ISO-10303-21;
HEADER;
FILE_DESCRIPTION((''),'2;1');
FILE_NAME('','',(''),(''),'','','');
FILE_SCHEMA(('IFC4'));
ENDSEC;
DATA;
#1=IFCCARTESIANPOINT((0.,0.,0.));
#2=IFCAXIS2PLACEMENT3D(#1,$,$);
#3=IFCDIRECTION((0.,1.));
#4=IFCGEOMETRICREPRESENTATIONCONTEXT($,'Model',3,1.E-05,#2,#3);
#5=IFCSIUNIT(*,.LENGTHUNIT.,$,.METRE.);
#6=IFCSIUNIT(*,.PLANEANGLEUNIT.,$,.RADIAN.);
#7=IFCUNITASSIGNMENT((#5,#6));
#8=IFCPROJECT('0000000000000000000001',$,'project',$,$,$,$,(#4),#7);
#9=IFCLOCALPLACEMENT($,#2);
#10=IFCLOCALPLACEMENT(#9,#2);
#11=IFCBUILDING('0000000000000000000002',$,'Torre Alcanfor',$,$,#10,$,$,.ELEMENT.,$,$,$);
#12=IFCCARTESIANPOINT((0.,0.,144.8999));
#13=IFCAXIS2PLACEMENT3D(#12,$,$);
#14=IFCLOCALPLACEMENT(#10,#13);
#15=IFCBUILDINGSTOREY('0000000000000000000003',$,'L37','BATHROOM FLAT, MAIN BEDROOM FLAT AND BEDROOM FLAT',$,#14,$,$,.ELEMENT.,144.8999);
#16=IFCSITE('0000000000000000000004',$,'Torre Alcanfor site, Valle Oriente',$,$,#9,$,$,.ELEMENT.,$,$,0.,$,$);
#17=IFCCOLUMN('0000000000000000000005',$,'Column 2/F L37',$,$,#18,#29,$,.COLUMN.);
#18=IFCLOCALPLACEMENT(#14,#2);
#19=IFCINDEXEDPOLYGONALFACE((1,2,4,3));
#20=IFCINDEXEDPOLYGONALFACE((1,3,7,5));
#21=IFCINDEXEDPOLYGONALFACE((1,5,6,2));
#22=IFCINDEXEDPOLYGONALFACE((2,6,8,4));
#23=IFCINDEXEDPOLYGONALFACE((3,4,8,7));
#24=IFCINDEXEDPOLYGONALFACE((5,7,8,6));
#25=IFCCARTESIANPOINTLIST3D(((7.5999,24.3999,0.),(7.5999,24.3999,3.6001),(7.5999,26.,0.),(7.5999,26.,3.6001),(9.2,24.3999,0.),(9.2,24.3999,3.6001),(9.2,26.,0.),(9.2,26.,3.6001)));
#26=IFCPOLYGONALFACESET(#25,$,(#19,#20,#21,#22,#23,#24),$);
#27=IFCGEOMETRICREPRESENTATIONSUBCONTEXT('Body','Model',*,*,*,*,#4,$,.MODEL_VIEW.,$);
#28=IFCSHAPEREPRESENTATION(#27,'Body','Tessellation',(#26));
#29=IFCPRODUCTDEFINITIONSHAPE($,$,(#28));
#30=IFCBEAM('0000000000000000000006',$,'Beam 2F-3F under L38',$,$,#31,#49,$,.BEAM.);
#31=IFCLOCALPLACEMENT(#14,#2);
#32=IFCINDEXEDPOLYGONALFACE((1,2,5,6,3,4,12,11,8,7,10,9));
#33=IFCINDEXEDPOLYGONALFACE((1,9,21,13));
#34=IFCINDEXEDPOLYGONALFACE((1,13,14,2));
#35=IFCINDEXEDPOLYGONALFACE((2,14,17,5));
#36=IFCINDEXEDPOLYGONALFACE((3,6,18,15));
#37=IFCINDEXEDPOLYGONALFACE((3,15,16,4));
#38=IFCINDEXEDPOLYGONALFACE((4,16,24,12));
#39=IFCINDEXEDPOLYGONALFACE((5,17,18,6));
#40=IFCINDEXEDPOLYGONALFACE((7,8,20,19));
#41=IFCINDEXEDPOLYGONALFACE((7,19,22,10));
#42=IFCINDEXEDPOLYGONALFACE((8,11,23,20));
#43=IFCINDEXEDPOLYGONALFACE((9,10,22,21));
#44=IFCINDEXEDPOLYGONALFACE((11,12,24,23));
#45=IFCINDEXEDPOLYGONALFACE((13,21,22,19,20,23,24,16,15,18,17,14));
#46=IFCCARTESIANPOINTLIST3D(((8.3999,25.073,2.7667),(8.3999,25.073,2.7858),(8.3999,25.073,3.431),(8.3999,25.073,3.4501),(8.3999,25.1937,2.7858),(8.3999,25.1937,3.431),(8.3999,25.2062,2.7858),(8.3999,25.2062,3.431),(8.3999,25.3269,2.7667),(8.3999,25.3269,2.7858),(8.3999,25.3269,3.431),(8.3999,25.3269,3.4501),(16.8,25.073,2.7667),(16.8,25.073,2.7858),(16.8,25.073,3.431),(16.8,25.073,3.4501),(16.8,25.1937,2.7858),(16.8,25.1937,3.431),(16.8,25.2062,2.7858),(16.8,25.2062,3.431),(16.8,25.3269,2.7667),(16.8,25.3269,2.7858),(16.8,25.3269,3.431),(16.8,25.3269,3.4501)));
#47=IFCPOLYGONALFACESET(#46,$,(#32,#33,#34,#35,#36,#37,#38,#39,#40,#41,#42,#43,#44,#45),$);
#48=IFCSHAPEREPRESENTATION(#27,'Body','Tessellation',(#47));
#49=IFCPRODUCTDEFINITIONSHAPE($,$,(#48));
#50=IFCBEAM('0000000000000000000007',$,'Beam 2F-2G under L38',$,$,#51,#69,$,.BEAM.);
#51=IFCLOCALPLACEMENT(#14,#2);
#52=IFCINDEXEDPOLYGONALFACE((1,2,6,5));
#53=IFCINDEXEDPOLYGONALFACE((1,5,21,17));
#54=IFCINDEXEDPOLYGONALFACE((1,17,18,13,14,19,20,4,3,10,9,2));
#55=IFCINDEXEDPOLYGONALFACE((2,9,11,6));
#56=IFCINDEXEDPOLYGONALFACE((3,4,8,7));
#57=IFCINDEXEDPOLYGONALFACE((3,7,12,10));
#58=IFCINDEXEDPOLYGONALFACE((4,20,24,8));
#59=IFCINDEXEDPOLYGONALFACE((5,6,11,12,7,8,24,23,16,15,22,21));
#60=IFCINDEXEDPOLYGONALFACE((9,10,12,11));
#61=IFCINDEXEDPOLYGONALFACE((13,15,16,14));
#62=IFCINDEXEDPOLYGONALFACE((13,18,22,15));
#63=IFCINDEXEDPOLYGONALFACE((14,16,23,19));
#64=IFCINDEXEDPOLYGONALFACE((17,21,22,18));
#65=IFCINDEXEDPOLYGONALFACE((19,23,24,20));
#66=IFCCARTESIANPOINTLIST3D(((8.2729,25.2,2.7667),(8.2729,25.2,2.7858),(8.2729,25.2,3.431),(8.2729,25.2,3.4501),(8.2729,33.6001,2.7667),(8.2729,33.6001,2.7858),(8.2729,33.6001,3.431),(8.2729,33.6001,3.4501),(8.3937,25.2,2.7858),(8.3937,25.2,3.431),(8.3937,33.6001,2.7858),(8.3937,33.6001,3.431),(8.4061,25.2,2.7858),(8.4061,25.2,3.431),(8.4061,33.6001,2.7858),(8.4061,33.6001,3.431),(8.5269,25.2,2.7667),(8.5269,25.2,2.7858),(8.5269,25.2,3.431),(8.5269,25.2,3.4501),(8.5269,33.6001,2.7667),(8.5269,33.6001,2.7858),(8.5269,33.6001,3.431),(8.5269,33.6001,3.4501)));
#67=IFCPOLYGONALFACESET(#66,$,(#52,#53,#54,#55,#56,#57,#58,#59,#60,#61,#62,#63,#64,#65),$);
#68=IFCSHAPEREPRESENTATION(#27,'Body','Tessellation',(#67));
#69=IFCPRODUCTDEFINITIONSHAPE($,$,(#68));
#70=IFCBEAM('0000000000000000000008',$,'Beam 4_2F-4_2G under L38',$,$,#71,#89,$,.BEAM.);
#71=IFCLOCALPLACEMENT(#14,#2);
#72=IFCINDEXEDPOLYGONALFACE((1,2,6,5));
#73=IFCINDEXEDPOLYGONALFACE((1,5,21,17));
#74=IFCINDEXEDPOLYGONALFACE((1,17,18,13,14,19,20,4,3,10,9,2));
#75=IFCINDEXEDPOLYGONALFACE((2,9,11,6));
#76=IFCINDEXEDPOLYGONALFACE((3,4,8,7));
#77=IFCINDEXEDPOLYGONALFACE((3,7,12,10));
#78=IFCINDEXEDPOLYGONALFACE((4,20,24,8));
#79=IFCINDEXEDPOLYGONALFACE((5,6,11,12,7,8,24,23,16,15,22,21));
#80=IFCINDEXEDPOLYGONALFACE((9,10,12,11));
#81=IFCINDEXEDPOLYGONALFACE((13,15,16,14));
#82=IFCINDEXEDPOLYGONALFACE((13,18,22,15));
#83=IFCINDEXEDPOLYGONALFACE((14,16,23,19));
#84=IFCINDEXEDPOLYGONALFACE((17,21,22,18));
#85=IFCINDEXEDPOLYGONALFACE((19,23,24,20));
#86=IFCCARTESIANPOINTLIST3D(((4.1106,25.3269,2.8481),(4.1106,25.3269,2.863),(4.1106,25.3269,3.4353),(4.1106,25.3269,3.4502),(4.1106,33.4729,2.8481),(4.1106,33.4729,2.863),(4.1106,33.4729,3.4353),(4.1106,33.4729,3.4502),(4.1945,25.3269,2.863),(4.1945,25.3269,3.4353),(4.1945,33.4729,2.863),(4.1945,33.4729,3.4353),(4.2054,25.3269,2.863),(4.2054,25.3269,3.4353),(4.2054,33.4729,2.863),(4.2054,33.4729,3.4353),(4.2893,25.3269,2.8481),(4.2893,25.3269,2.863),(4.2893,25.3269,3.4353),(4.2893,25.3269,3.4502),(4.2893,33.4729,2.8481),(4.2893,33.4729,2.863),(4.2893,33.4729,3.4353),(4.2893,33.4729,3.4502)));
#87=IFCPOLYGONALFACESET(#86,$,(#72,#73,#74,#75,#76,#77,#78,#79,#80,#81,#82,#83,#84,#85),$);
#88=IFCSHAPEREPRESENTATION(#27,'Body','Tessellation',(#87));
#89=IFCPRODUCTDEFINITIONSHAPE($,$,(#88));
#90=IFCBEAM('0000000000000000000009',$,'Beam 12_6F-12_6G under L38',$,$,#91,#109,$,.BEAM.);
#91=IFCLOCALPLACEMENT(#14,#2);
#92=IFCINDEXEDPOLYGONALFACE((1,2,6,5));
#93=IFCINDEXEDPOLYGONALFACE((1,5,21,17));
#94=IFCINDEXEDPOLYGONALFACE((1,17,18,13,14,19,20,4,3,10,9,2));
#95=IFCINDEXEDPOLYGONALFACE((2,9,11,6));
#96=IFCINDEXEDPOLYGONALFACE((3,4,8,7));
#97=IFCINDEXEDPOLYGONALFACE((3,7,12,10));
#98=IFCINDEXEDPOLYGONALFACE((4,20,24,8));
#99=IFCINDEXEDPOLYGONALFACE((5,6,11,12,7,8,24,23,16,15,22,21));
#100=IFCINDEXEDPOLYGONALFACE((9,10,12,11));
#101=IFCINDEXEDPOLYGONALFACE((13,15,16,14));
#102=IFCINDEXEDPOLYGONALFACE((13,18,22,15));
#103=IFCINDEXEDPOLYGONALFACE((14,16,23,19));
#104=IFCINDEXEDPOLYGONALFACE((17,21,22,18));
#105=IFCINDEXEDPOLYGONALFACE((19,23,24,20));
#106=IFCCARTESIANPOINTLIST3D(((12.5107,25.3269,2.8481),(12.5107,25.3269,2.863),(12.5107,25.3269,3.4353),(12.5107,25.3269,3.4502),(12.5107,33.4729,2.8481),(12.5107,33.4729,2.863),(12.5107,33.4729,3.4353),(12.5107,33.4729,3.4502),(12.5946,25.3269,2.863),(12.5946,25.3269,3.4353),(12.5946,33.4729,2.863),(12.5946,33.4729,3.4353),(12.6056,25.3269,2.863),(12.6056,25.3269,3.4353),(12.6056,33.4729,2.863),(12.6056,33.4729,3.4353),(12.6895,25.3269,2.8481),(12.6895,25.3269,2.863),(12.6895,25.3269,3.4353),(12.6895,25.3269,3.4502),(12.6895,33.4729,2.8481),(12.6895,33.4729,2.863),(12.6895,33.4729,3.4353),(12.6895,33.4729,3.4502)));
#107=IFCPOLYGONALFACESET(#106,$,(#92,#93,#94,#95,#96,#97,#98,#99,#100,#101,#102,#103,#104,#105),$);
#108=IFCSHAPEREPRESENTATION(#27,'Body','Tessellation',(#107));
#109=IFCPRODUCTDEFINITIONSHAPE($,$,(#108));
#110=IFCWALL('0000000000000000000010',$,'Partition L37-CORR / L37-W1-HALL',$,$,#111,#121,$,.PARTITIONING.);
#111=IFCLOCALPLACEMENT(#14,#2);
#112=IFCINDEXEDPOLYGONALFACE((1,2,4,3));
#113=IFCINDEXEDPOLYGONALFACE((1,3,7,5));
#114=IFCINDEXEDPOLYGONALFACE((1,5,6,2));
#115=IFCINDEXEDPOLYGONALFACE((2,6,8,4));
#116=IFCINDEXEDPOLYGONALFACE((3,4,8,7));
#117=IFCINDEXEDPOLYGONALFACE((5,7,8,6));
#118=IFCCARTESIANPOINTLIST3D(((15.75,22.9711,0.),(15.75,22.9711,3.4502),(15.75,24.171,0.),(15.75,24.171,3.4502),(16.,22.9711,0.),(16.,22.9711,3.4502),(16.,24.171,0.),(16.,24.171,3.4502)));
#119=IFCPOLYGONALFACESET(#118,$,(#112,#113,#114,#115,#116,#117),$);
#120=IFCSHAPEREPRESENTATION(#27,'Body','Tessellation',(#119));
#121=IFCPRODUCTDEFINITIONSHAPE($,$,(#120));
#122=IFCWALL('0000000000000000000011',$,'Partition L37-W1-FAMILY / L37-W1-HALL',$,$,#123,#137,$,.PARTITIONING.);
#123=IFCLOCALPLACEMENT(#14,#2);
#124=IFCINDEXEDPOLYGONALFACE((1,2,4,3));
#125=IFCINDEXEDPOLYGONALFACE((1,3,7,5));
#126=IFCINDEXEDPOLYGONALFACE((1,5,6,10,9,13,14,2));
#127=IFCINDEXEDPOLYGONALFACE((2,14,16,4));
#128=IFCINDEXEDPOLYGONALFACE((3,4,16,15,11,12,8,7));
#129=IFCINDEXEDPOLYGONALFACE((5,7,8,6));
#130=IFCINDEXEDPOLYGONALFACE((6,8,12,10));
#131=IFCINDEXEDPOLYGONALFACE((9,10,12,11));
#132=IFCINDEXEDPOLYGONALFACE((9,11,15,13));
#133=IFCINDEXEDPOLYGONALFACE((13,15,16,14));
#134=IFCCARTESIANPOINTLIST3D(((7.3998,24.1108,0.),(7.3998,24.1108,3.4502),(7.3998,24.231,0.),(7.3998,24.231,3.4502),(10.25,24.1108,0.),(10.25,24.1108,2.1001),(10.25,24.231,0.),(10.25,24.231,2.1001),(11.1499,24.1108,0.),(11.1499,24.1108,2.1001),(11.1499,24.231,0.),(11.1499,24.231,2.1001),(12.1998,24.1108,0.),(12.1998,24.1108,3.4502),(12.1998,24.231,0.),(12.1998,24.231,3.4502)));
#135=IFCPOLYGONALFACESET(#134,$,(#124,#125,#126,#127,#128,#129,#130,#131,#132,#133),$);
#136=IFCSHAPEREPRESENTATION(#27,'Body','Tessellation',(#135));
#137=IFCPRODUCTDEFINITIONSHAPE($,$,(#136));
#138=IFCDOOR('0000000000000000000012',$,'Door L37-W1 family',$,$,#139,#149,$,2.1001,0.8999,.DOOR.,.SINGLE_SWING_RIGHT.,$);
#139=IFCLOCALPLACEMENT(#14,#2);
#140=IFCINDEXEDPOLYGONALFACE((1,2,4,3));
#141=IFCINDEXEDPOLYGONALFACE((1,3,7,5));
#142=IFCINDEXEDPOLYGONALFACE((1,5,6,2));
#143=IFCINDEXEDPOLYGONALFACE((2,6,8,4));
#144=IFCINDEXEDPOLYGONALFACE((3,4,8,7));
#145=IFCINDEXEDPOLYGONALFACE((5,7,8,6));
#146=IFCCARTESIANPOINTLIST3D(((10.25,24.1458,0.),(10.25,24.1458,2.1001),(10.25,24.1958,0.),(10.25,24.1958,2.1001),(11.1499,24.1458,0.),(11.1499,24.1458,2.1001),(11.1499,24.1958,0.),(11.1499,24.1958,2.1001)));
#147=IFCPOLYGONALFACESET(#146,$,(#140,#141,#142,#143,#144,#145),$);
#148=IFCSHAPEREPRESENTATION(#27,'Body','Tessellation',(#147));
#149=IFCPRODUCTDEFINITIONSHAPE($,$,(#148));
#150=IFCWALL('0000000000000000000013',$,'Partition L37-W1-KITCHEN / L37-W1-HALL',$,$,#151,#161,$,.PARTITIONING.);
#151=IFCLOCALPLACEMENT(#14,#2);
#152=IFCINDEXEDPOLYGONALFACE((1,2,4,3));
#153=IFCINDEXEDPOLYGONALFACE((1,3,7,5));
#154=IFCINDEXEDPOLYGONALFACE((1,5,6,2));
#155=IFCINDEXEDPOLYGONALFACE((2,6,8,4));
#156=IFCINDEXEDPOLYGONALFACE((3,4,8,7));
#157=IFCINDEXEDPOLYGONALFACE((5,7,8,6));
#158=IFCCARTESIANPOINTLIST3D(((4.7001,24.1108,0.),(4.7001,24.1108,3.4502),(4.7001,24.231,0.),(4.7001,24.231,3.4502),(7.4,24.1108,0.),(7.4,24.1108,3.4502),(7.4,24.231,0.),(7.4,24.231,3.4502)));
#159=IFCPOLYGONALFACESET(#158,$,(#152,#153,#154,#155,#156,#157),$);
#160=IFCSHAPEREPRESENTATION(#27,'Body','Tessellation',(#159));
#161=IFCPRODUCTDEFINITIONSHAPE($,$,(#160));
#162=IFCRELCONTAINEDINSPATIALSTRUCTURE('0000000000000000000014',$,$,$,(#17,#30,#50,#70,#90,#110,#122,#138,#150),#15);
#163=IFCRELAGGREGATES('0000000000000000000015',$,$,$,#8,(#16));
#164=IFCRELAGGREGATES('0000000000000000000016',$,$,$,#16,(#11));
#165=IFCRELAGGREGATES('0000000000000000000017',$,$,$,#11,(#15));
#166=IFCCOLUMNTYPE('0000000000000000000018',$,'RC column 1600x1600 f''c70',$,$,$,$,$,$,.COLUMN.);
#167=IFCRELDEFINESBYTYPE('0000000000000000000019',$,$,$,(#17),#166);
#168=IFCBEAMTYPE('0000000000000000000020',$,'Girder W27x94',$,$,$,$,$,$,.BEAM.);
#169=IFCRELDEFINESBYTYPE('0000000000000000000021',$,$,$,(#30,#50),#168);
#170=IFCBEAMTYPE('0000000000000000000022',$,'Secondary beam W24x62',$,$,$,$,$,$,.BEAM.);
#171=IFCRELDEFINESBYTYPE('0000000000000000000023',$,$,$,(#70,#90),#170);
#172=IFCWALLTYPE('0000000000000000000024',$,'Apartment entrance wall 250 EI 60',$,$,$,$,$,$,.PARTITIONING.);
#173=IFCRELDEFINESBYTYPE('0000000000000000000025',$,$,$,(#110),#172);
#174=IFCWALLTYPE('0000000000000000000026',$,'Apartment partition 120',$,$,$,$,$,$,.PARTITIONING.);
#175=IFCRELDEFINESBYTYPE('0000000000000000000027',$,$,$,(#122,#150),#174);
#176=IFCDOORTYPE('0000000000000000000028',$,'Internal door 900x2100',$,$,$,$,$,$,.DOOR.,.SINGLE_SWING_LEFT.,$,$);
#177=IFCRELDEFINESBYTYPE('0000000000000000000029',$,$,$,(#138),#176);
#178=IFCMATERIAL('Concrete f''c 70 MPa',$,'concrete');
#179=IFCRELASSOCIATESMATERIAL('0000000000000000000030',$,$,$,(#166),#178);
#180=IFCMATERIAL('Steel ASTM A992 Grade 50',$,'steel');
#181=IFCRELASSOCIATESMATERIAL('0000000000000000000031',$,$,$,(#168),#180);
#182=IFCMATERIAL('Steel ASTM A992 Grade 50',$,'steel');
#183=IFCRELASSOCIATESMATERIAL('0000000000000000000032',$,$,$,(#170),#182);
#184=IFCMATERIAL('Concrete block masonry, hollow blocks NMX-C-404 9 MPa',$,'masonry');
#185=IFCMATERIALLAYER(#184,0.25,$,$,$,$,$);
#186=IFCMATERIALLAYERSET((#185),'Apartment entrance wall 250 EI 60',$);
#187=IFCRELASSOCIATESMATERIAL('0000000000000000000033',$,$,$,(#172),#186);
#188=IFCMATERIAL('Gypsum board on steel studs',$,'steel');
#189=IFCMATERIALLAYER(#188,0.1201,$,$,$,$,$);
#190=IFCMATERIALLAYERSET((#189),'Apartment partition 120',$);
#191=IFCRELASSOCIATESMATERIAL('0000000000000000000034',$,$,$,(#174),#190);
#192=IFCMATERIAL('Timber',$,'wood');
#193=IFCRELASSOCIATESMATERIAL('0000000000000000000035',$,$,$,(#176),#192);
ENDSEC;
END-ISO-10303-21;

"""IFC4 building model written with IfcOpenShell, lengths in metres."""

from ifc_helpers import new_model, si_unit, direction, frame, frame_2d, origin, origin_2d, place, context, subcontext, project, spatial, rectangle, i_section, extrude, material, layer, layer_set, material_profile, profile_set, type_object, element, fill, save


model = new_model("IFC4")

# Units and contexts
model_context = context("Model", 3, precision=1e-05, world=origin(), true_north=direction((0.0, 1.0)))
body_context = subcontext(model_context, "Body", "Model", "MODEL_VIEW")
ifc_project = project(units=[si_unit("LENGTHUNIT", "METRE"), si_unit("PLANEANGLEUNIT", "RADIAN")], contexts=[model_context])

# Site, building, storey
site_placement = place(None, origin())
site = spatial("IfcSite", under=ifc_project, at=site_placement, Name="Torre Alcanfor site, Valle Oriente", CompositionType="ELEMENT", RefElevation=0.0)
building_placement = place(site_placement, origin())
building = spatial("IfcBuilding", under=site, at=building_placement, Name="Torre Alcanfor", CompositionType="ELEMENT")
storey_placement = place(building_placement, frame((0.0, 0.0, 144.8999)))
storey = spatial("IfcBuildingStorey", under=building, at=storey_placement, Name="L37", Description="BATHROOM FLAT, MAIN BEDROOM FLAT AND BEDROOM FLAT", CompositionType="ELEMENT", Elevation=144.8999)

# Column
ifc_material_1 = material(Name="Concrete f'c 70 MPa", Category="concrete")
ifc_material_profile_1 = material_profile(ifc_material_1, rectangle(XDim=1.6001, YDim=1.6001, at=origin_2d()), Name="1600x1600")
ifc_profile_set_1 = profile_set([ifc_material_profile_1], Name="Concrete f'c 70 MPa")
column_type = type_object("IfcColumnType", Name="RC column 1600x1600 f'c70", PredefinedType="COLUMN", material=ifc_profile_set_1)
column_placement = place(storey_placement, frame((8.3999, 25.2, 0.0), z_axis=(0.0, 0.0, 1.0), x_axis=(1.0, 0.0, 0.0)))
element("IfcColumn", 1, at=column_placement, inside=storey, type_object=column_type, Name="Column 2/F L37", PredefinedType="COLUMN", context=body_context, shape_type="SweptSolid", body=[
    extrude(rectangle(XDim=1.6001, YDim=1.6001, at=origin_2d()), origin(), (0.0, 0.0, 1.0), 3.6001),
])

# Beams
ifc_material_2 = material(Name="Steel ASTM A992 Grade 50", Category="steel")
ifc_material_profile_2 = material_profile(ifc_material_2, i_section(OverallWidth=0.2539, OverallDepth=0.6833, WebThickness=0.0125, FlangeThickness=0.019, at=origin_2d()), Name="W27x94")
ifc_profile_set_2 = profile_set([ifc_material_profile_2], Name="Steel ASTM A992 Grade 50")
beam_type_1 = type_object("IfcBeamType", Name="Girder W27x94", PredefinedType="BEAM", material=ifc_profile_set_2)
for number, where, z_axis, x_axis, name in (
    (2, (8.3999, 25.2, 3.1084), (1.0, 0.0, 0.0), (0.0, 1.0, 0.0), "Beam 2F-3F under L38"),
    (3, (8.3999, 25.2, 3.1084), (0.0, 1.0, 0.0), (-1.0, 0.0, 0.0), "Beam 2F-2G under L38"),
):
    element("IfcBeam", number, at=place(storey_placement, frame(where, z_axis=z_axis, x_axis=x_axis)), inside=storey, type_object=beam_type_1, Name=name, PredefinedType="BEAM", context=body_context, shape_type="SweptSolid", body=[
        extrude(i_section(OverallWidth=0.2539, OverallDepth=0.6833, WebThickness=0.0125, FlangeThickness=0.019, at=origin_2d()), origin(), (0.0, 0.0, 1.0), 8.4001),
    ])
ifc_material_3 = material(Name="Steel ASTM A992 Grade 50", Category="steel")
ifc_material_profile_3 = material_profile(ifc_material_3, i_section(OverallWidth=0.1787, OverallDepth=0.6021, WebThickness=0.011, FlangeThickness=0.0149, at=origin_2d()), Name="W24x62")
ifc_profile_set_3 = profile_set([ifc_material_profile_3], Name="Steel ASTM A992 Grade 50")
beam_type_2 = type_object("IfcBeamType", Name="Secondary beam W24x62", PredefinedType="BEAM", material=ifc_profile_set_3)
for number, where, z_axis, x_axis, name in (
    (4, (4.2, 25.3269, 3.1492), (0.0, 1.0, 0.0), (-1.0, 0.0, 0.0), "Beam 4_2F-4_2G under L38"),
    (5, (12.6001, 25.3269, 3.1492), (0.0, 1.0, 0.0), (-1.0, 0.0, 0.0), "Beam 12_6F-12_6G under L38"),
):
    element("IfcBeam", number, at=place(storey_placement, frame(where, z_axis=z_axis, x_axis=x_axis)), inside=storey, type_object=beam_type_2, Name=name, PredefinedType="BEAM", context=body_context, shape_type="SweptSolid", body=[
        extrude(i_section(OverallWidth=0.1787, OverallDepth=0.6021, WebThickness=0.011, FlangeThickness=0.0149, at=origin_2d()), origin(), (0.0, 0.0, 1.0), 8.146),
    ])

# Wall
ifc_material_4 = material(Name="Concrete block masonry, hollow blocks NMX-C-404 9 MPa", Category="masonry")
ifc_layer_1 = layer(ifc_material_4, 0.25)
ifc_layer_set_1 = layer_set([ifc_layer_1], Name="Apartment entrance wall 250 EI 60")
wall_type_1 = type_object("IfcWallType", Name="Apartment entrance wall 250 EI 60", PredefinedType="PARTITIONING", material=ifc_layer_set_1)
wall_1_placement = place(storey_placement, frame((15.875, 22.9709, 0.0), z_axis=(0.0, 0.0, 1.0), x_axis=(0.0, 1.0, 0.0)))
element("IfcWall", 6, at=wall_1_placement, inside=storey, type_object=wall_type_1, Name="Partition L37-CORR / L37-W1-HALL", PredefinedType="PARTITIONING", context=body_context, shape_type="SweptSolid", body=[
    extrude(rectangle(XDim=1.2, YDim=0.25, at=frame_2d((0.6001, 0.0))), origin(), (0.0, 0.0, 1.0), 3.4502),
])

# Wall, opening, door
ifc_material_5 = material(Name="Gypsum board on steel studs", Category="steel")
ifc_layer_2 = layer(ifc_material_5, 0.1201)
ifc_layer_set_2 = layer_set([ifc_layer_2], Name="Apartment partition 120")
wall_type_2 = type_object("IfcWallType", Name="Apartment partition 120", PredefinedType="PARTITIONING", material=ifc_layer_set_2)
wall_2_placement = place(storey_placement, frame((7.3999, 24.1709, 0.0), z_axis=(0.0, 0.0, 1.0), x_axis=(1.0, 0.0, 0.0)))
wall_2 = element("IfcWall", 7, at=wall_2_placement, inside=storey, type_object=wall_type_2, Name="Partition L37-W1-FAMILY / L37-W1-HALL", PredefinedType="PARTITIONING", context=body_context, shape_type="SweptSolid", body=[
    extrude(rectangle(XDim=4.8, YDim=0.1201, at=frame_2d((2.3999, 0.0))), origin(), (0.0, 0.0, 1.0), 3.4502),
])
opening_1_placement = place(wall_2_placement, frame((2.8501, 0.0, 0.0)))
opening_1 = element("IfcOpeningElement", 8, at=opening_1_placement, cuts=wall_2, PredefinedType="OPENING", context=body_context, shape_type="SweptSolid", body=[
    extrude(rectangle(XDim=0.8999, YDim=2.1001, at=frame_2d((0.45, 1.05))), frame((0.0, 0.0701, 0.0), z_axis=(0.0, -1.0, 0.0), x_axis=(1.0, 0.0, 0.0)), (0.0, 0.0, 1.0), 0.1401),
])
ifc_material_6 = material(Name="Timber", Category="wood")
door_type_1 = type_object("IfcDoorType", Name="Internal door 900x2100", OperationType="SINGLE_SWING_LEFT", PredefinedType="DOOR", material=ifc_material_6)
door_1_placement = place(opening_1_placement, origin())
door_1 = element("IfcDoor", 9, at=door_1_placement, inside=storey, type_object=door_type_1, Name="Door L37-W1 family", OperationType="SINGLE_SWING_RIGHT", OverallHeight=2.1001, OverallWidth=0.8999, PredefinedType="DOOR", context=body_context, shape_type="SweptSolid", body=[
    extrude(rectangle(XDim=0.8999, YDim=2.1001, at=frame_2d((0.45, 1.05))), frame((0.0, 0.0249, 0.0), z_axis=(0.0, -1.0, 0.0), x_axis=(1.0, 0.0, 0.0)), (0.0, 0.0, 1.0), 0.05),
])
fill(opening_1, door_1)

# Wall
wall_3_placement = place(storey_placement, frame((4.7, 24.1709, 0.0), z_axis=(0.0, 0.0, 1.0), x_axis=(1.0, 0.0, 0.0)))
element("IfcWall", 10, at=wall_3_placement, inside=storey, type_object=wall_type_2, Name="Partition L37-W1-KITCHEN / L37-W1-HALL", PredefinedType="PARTITIONING", context=body_context, shape_type="SweptSolid", body=[
    extrude(rectangle(XDim=2.7, YDim=0.1201, at=frame_2d((1.3501, 0.0))), origin(), (0.0, 0.0, 1.0), 3.4502),
])

save(model, "model.ifc")
